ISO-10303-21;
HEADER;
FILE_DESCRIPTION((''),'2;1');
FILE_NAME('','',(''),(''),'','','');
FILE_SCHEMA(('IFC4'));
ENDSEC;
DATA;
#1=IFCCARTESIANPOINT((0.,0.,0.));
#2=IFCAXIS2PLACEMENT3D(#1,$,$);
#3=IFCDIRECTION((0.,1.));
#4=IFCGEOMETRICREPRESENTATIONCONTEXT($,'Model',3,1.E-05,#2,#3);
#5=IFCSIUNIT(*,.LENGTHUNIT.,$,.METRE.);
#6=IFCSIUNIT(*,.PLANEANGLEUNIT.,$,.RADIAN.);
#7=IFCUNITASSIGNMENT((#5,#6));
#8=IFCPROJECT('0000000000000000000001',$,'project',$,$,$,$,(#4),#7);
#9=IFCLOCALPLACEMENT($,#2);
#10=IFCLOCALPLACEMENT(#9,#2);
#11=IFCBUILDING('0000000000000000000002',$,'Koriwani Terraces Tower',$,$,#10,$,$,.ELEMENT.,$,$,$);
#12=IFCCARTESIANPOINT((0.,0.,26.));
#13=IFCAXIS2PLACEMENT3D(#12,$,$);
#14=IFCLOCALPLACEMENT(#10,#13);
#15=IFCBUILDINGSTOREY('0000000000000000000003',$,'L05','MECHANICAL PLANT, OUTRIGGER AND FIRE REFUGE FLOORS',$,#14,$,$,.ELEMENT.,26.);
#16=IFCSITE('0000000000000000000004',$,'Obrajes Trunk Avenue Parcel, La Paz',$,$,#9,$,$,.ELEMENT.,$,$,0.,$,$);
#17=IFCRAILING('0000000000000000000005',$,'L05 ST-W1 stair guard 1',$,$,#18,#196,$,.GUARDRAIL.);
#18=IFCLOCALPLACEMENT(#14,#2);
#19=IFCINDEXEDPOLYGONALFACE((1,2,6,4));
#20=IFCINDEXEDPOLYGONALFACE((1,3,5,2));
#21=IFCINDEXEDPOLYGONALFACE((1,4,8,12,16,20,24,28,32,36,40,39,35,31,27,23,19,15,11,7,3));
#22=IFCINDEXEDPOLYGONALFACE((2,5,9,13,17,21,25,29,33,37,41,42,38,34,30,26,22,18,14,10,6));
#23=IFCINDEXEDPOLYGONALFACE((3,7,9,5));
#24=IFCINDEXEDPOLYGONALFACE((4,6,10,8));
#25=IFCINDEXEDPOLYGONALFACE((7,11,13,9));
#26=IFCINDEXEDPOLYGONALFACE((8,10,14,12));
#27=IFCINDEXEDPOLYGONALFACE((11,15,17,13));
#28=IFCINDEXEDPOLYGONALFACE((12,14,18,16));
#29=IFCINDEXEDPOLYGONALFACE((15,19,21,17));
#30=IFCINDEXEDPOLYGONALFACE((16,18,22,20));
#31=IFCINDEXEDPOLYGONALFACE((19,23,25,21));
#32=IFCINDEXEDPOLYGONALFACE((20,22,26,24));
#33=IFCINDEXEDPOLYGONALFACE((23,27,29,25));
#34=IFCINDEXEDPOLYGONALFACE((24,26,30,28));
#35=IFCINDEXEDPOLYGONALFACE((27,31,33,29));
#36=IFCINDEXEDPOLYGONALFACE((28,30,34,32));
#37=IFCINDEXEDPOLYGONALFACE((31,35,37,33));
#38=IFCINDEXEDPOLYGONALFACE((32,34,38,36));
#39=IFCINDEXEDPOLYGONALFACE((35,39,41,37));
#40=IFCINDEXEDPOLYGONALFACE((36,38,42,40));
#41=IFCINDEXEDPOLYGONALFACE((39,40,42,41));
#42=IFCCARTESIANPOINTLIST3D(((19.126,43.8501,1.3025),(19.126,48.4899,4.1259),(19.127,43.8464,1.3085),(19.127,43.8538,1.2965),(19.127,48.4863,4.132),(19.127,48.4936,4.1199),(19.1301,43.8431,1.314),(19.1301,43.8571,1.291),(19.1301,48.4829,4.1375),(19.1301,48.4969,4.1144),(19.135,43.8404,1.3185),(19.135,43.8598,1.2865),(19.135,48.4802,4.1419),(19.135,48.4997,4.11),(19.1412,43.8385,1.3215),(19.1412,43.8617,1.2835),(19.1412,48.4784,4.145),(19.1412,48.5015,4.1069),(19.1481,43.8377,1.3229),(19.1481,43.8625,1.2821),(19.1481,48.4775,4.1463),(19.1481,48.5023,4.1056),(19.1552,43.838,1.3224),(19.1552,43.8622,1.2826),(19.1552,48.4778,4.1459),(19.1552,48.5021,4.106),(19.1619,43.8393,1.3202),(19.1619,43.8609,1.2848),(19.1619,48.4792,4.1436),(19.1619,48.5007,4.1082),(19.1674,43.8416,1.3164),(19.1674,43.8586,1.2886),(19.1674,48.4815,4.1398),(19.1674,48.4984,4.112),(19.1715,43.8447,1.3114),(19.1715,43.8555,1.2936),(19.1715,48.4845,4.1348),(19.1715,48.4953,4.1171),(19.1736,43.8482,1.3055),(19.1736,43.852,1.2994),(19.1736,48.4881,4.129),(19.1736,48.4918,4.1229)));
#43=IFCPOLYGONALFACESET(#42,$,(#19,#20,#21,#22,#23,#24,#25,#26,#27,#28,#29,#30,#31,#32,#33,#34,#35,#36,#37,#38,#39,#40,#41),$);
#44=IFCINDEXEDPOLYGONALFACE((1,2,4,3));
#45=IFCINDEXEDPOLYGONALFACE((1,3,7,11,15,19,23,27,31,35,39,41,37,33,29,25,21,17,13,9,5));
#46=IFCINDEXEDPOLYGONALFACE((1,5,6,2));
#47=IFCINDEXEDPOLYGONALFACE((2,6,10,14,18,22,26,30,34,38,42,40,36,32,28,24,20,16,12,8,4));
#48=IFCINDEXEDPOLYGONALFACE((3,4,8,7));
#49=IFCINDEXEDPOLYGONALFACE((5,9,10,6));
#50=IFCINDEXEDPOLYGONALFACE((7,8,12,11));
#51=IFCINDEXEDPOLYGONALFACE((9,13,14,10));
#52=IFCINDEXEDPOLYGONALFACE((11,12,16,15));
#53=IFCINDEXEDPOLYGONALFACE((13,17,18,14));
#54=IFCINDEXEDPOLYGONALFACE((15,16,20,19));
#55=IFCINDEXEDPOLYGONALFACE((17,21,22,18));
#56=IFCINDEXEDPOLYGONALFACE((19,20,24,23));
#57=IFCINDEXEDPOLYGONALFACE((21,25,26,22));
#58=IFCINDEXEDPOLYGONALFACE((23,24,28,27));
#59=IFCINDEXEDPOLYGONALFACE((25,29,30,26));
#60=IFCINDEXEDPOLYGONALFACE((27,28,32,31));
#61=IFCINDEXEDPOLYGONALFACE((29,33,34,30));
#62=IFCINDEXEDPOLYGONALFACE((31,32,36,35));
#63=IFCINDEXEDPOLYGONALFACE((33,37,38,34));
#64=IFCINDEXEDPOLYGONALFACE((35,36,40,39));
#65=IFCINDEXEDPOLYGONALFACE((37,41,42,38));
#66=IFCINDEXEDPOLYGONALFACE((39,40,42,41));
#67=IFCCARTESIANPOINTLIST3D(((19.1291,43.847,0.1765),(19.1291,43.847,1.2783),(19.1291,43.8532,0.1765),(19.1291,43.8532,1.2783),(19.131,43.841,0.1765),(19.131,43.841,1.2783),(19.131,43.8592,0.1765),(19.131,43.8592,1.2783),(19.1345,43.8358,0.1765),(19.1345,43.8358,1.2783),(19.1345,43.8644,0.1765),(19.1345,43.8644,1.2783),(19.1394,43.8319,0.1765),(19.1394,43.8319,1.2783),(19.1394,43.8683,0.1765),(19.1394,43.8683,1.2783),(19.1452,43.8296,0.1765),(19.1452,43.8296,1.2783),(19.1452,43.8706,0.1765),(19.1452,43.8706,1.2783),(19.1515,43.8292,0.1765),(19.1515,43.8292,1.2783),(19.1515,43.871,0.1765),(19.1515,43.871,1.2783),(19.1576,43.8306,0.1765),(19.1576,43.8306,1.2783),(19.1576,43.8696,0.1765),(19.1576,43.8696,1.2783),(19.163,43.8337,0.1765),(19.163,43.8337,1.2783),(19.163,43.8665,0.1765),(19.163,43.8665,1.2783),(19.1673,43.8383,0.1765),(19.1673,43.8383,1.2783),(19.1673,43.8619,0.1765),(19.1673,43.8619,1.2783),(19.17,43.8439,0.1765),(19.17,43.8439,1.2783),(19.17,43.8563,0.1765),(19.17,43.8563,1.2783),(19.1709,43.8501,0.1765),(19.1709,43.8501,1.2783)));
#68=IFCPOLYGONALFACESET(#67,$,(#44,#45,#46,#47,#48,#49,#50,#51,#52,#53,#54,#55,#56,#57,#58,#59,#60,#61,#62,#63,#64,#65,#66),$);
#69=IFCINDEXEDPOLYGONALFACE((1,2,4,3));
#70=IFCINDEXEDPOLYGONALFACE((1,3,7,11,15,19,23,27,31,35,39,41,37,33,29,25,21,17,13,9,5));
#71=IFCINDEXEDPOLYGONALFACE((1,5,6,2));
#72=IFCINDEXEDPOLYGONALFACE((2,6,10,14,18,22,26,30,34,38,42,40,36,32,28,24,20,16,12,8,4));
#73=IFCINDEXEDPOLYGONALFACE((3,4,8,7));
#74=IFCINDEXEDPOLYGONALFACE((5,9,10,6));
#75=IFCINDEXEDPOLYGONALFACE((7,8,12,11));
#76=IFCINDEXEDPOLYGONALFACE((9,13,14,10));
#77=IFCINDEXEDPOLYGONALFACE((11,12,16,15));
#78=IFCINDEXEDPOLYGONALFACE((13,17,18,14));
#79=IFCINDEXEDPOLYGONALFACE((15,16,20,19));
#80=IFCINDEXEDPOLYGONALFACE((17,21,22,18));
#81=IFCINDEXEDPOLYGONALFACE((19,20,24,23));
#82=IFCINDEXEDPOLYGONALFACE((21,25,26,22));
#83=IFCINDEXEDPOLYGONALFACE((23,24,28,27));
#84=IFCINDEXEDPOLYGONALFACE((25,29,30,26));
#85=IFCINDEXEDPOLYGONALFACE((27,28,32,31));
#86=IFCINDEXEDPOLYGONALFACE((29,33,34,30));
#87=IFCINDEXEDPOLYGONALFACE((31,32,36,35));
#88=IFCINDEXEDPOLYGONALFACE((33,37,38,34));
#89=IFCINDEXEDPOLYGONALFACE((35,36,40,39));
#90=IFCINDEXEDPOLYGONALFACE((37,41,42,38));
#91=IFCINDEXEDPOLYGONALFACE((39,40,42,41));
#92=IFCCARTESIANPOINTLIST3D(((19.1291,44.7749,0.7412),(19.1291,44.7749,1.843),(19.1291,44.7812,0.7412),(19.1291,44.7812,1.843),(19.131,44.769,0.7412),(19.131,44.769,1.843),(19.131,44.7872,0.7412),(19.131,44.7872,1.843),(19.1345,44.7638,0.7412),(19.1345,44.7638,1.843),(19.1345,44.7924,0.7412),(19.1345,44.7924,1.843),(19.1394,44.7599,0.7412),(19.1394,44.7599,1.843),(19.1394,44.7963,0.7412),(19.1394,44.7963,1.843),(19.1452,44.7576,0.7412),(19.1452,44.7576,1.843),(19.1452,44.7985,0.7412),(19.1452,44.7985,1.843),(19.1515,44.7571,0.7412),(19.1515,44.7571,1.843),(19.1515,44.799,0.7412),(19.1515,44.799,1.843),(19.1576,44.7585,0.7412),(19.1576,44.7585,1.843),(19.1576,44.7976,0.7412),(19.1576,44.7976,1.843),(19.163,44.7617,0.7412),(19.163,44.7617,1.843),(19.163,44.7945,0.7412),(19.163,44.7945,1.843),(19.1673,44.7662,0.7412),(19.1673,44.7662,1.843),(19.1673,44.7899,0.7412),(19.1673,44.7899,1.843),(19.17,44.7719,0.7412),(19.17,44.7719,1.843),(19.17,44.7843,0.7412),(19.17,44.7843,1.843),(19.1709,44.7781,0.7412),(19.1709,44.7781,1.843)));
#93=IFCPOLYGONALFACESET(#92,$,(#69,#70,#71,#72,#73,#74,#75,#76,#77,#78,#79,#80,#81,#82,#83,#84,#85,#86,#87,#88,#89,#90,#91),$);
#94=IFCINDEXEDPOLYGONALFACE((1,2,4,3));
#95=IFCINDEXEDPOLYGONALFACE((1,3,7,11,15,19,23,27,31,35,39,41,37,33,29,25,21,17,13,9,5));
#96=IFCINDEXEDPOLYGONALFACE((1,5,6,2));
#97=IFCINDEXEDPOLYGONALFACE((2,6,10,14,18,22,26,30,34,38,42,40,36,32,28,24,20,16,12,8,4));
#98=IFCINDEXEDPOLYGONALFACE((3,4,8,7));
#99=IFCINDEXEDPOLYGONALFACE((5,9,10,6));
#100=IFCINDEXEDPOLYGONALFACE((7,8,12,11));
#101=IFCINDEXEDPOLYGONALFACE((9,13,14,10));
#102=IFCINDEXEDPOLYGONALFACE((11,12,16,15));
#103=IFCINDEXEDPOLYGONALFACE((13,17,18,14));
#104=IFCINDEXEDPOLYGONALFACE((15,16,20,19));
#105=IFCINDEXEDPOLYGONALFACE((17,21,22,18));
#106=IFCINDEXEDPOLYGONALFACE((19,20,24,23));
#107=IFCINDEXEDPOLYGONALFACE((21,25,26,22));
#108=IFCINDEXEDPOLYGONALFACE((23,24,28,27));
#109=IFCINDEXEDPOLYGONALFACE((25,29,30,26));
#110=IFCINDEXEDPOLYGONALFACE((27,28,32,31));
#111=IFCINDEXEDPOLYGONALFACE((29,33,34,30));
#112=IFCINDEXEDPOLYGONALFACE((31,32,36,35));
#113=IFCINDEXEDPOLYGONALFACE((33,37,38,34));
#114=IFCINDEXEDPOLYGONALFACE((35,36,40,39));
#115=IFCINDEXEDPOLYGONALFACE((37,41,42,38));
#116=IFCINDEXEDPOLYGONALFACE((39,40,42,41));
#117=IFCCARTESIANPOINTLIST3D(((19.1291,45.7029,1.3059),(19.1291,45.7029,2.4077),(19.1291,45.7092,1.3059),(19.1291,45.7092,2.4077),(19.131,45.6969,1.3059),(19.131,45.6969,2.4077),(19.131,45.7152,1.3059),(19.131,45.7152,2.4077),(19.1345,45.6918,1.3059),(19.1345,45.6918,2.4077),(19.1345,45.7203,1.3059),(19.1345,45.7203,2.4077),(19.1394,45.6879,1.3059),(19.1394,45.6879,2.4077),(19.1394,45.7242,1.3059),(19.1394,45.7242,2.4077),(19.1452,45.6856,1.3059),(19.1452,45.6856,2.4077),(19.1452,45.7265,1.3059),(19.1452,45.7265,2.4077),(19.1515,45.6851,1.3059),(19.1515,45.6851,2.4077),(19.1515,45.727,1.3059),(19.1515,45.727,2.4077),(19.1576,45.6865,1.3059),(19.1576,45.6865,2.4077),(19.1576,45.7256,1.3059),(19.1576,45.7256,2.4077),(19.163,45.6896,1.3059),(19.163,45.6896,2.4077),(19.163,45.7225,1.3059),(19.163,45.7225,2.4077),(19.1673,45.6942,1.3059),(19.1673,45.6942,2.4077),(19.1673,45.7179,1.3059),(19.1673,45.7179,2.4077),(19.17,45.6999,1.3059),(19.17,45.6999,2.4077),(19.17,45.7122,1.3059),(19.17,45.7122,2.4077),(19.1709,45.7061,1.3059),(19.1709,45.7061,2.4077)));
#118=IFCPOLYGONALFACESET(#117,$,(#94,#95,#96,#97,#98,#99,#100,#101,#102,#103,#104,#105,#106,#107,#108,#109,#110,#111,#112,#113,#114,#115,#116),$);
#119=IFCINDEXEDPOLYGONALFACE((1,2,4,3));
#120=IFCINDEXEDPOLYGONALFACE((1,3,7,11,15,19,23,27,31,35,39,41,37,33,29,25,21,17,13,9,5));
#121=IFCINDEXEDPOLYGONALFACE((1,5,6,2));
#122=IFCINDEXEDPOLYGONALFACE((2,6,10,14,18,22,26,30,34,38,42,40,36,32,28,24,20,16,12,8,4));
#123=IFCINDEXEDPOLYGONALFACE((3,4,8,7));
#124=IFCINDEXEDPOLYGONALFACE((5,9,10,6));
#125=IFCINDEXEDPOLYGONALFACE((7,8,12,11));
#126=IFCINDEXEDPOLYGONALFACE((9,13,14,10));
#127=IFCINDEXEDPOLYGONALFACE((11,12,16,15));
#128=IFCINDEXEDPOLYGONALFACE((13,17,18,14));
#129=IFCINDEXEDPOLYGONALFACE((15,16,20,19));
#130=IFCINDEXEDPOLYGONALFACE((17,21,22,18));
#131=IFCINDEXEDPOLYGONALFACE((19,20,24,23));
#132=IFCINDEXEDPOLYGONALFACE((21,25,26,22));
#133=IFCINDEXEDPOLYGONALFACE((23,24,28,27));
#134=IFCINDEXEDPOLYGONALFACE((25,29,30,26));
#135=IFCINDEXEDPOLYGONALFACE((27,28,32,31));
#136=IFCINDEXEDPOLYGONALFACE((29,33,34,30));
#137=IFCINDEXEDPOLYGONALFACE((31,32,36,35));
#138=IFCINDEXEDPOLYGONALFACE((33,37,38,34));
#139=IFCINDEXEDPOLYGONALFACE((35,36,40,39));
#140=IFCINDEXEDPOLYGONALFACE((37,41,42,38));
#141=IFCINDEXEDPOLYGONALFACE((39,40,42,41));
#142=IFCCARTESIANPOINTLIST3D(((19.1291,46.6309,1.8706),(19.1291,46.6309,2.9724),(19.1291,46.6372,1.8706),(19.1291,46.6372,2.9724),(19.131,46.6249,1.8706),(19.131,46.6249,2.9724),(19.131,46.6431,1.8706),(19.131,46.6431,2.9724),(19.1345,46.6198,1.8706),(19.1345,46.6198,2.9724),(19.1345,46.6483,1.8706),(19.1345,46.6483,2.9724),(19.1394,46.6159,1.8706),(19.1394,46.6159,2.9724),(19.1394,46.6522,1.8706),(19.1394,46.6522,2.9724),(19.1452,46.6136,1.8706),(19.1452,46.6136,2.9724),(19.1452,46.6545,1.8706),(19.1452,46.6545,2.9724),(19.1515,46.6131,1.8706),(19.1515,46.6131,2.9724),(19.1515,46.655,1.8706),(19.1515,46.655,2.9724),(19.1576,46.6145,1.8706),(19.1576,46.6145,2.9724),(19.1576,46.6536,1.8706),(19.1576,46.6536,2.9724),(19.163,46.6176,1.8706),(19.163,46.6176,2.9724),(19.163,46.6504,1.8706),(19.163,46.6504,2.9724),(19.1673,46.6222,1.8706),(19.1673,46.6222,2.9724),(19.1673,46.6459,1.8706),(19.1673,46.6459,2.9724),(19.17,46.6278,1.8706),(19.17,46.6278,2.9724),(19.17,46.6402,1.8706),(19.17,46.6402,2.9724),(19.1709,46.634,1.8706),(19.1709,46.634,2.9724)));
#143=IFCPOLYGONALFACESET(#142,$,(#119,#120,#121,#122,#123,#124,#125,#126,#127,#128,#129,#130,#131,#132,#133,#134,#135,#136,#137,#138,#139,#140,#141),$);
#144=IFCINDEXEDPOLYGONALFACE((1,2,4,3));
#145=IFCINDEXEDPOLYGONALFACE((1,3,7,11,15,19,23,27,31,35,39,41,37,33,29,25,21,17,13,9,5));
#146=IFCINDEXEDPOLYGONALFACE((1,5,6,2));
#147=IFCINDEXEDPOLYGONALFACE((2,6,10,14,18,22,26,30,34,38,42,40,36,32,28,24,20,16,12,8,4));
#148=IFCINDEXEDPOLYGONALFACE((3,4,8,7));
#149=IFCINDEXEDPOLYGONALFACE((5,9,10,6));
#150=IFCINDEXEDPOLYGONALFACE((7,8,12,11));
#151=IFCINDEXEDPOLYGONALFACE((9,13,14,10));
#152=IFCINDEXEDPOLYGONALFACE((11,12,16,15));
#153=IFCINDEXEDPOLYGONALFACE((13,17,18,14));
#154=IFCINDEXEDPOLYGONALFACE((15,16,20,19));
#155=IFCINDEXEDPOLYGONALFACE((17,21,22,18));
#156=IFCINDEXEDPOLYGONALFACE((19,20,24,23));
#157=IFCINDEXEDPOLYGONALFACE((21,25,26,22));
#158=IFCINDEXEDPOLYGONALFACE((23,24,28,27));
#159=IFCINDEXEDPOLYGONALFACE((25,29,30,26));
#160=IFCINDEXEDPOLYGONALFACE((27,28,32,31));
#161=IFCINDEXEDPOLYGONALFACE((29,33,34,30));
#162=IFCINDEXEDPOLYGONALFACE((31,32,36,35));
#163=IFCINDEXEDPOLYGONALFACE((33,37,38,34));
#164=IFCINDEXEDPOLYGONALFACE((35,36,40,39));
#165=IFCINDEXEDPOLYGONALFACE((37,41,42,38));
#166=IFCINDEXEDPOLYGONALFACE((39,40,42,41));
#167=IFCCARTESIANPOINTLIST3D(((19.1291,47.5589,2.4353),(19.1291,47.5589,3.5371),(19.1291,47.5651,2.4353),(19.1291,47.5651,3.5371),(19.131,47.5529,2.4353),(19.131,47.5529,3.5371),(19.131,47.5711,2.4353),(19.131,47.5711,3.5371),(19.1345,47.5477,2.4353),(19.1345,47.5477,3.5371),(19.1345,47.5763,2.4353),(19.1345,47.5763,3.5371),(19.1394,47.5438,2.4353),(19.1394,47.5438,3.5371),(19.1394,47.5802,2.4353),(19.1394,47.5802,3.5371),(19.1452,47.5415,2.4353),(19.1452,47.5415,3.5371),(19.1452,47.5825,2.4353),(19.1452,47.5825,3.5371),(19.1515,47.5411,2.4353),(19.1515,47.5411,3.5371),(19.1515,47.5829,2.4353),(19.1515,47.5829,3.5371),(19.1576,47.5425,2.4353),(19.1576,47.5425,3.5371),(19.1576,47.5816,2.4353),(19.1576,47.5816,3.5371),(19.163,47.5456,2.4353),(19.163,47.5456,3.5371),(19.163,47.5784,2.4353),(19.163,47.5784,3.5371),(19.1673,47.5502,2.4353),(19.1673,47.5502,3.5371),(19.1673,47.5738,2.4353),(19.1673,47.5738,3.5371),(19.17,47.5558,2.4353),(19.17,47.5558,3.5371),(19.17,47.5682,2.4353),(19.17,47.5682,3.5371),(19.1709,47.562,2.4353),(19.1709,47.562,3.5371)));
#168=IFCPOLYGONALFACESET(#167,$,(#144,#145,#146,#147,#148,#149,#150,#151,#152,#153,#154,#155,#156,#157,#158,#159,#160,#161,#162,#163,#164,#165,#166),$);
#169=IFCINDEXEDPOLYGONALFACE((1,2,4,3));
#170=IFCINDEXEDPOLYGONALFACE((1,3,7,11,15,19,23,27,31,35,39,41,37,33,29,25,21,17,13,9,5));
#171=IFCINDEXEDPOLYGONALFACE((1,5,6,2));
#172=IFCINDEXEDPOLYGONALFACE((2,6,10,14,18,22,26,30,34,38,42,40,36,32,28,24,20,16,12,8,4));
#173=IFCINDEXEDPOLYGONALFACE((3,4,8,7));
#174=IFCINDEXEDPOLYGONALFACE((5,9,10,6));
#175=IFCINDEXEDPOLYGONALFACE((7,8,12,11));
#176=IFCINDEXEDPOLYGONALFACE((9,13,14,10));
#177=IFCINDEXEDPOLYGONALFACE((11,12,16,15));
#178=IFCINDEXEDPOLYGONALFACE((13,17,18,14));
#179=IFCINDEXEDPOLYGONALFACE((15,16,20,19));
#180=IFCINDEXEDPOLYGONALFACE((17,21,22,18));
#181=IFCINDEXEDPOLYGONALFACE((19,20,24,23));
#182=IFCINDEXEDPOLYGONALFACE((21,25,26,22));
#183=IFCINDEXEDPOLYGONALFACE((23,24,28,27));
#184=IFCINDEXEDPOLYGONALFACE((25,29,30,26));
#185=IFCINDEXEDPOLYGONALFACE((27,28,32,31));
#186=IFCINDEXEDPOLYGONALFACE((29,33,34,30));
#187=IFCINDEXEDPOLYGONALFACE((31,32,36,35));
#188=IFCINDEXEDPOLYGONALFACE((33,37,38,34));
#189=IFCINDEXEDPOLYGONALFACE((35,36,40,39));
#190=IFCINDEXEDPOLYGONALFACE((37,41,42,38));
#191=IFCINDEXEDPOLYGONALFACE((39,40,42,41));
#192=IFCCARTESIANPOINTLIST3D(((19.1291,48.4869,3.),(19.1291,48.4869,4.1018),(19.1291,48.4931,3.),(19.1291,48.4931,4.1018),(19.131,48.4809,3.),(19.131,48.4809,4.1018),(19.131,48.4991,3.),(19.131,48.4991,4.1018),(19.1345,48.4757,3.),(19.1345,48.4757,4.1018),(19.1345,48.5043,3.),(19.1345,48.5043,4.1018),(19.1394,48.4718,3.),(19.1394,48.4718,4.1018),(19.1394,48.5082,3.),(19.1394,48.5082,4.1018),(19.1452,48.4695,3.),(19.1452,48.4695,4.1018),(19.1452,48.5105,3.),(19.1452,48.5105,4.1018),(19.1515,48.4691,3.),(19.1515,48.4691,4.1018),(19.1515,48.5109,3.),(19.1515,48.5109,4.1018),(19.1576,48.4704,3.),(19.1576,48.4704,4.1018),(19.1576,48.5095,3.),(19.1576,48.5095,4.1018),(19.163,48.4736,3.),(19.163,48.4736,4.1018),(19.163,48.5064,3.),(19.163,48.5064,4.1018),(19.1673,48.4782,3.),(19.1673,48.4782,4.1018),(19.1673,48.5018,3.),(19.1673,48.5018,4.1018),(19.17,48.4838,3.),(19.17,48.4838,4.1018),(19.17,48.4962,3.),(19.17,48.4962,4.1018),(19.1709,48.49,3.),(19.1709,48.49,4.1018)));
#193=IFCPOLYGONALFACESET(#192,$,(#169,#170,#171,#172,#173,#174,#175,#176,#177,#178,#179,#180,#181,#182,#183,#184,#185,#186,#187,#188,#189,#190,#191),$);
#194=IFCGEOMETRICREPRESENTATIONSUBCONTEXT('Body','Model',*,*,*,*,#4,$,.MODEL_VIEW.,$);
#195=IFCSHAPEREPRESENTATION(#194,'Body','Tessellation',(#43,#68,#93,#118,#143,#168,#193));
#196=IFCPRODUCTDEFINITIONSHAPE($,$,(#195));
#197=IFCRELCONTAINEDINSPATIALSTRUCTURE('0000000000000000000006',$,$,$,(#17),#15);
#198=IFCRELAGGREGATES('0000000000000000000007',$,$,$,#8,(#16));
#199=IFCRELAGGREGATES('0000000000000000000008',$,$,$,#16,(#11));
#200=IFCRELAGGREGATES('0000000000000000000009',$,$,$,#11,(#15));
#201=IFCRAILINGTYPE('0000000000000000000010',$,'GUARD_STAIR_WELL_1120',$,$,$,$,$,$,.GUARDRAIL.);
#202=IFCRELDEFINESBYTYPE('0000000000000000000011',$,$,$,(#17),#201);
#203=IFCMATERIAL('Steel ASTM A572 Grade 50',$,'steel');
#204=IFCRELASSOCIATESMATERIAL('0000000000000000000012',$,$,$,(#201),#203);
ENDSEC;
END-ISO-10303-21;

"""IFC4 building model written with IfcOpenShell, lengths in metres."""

from ifc_helpers import new_model, si_unit, direction, frame, origin, origin_2d, place, context, subcontext, project, spatial, circle, extrude, material, type_object, element, save


model = new_model("IFC4")

# Units and contexts
model_context = context("Model", 3, precision=1e-05, world=origin(), true_north=direction((0.0, 1.0)))
body_context = subcontext(model_context, "Body", "Model", "MODEL_VIEW")
ifc_project = project(units=[si_unit("LENGTHUNIT", "METRE"), si_unit("PLANEANGLEUNIT", "RADIAN")], contexts=[model_context])

# Site, building, storey
site_placement = place(None, origin())
site = spatial("IfcSite", under=ifc_project, at=site_placement, Name="Obrajes Trunk Avenue Parcel, La Paz", CompositionType="ELEMENT", RefElevation=0.0)
building_placement = place(site_placement, origin())
building = spatial("IfcBuilding", under=site, at=building_placement, Name="Koriwani Terraces Tower", CompositionType="ELEMENT")
storey_placement = place(building_placement, frame((0.0, 0.0, 26.0)))
storey = spatial("IfcBuildingStorey", under=building, at=storey_placement, Name="L05", Description="MECHANICAL PLANT, OUTRIGGER AND FIRE REFUGE FLOORS", CompositionType="ELEMENT", Elevation=26.0)

# Shared definitions
ifc_material_1 = material(Name="Steel ASTM A572 Grade 50", Category="steel")

# Railing
railing_type_1 = type_object("IfcRailingType", Name="GUARD_STAIR_WELL_1120", PredefinedType="GUARDRAIL", material=ifc_material_1)
railing_1_placement = place(storey_placement, frame((19.1499, 43.8501, 0.1765)))
element("IfcRailing", 1, at=railing_1_placement, inside=storey, type_object=railing_type_1, Name="L05 ST-W1 stair guard 1", PredefinedType="GUARDRAIL", context=body_context, shape_type="SweptSolid", body=[
    extrude(circle(Radius=0.0239, at=origin_2d()), frame((0.0, 0.0, 1.126), z_axis=(0.0, 0.854264, 0.51984), x_axis=(-1.0, 0.0, 0.0)), (0.0, 0.0, 1.0), 5.4314),
    extrude(circle(Radius=0.021, at=origin_2d()), origin(), (0.0, 0.0, 1.0), 1.1018),
    extrude(circle(Radius=0.021, at=origin_2d()), frame((0.0, 0.928, 0.5647)), (0.0, 0.0, 1.0), 1.1018),
    extrude(circle(Radius=0.021, at=origin_2d()), frame((0.0, 1.856, 1.1294)), (0.0, 0.0, 1.0), 1.1018),
    extrude(circle(Radius=0.021, at=origin_2d()), frame((0.0, 2.7839, 1.6941)), (0.0, 0.0, 1.0), 1.1018),
    extrude(circle(Radius=0.021, at=origin_2d()), frame((0.0, 3.7119, 2.2588)), (0.0, 0.0, 1.0), 1.1018),
    extrude(circle(Radius=0.021, at=origin_2d()), frame((0.0, 4.6399, 2.8235)), (0.0, 0.0, 1.0), 1.1018),
])

save(model, "model.ifc")
